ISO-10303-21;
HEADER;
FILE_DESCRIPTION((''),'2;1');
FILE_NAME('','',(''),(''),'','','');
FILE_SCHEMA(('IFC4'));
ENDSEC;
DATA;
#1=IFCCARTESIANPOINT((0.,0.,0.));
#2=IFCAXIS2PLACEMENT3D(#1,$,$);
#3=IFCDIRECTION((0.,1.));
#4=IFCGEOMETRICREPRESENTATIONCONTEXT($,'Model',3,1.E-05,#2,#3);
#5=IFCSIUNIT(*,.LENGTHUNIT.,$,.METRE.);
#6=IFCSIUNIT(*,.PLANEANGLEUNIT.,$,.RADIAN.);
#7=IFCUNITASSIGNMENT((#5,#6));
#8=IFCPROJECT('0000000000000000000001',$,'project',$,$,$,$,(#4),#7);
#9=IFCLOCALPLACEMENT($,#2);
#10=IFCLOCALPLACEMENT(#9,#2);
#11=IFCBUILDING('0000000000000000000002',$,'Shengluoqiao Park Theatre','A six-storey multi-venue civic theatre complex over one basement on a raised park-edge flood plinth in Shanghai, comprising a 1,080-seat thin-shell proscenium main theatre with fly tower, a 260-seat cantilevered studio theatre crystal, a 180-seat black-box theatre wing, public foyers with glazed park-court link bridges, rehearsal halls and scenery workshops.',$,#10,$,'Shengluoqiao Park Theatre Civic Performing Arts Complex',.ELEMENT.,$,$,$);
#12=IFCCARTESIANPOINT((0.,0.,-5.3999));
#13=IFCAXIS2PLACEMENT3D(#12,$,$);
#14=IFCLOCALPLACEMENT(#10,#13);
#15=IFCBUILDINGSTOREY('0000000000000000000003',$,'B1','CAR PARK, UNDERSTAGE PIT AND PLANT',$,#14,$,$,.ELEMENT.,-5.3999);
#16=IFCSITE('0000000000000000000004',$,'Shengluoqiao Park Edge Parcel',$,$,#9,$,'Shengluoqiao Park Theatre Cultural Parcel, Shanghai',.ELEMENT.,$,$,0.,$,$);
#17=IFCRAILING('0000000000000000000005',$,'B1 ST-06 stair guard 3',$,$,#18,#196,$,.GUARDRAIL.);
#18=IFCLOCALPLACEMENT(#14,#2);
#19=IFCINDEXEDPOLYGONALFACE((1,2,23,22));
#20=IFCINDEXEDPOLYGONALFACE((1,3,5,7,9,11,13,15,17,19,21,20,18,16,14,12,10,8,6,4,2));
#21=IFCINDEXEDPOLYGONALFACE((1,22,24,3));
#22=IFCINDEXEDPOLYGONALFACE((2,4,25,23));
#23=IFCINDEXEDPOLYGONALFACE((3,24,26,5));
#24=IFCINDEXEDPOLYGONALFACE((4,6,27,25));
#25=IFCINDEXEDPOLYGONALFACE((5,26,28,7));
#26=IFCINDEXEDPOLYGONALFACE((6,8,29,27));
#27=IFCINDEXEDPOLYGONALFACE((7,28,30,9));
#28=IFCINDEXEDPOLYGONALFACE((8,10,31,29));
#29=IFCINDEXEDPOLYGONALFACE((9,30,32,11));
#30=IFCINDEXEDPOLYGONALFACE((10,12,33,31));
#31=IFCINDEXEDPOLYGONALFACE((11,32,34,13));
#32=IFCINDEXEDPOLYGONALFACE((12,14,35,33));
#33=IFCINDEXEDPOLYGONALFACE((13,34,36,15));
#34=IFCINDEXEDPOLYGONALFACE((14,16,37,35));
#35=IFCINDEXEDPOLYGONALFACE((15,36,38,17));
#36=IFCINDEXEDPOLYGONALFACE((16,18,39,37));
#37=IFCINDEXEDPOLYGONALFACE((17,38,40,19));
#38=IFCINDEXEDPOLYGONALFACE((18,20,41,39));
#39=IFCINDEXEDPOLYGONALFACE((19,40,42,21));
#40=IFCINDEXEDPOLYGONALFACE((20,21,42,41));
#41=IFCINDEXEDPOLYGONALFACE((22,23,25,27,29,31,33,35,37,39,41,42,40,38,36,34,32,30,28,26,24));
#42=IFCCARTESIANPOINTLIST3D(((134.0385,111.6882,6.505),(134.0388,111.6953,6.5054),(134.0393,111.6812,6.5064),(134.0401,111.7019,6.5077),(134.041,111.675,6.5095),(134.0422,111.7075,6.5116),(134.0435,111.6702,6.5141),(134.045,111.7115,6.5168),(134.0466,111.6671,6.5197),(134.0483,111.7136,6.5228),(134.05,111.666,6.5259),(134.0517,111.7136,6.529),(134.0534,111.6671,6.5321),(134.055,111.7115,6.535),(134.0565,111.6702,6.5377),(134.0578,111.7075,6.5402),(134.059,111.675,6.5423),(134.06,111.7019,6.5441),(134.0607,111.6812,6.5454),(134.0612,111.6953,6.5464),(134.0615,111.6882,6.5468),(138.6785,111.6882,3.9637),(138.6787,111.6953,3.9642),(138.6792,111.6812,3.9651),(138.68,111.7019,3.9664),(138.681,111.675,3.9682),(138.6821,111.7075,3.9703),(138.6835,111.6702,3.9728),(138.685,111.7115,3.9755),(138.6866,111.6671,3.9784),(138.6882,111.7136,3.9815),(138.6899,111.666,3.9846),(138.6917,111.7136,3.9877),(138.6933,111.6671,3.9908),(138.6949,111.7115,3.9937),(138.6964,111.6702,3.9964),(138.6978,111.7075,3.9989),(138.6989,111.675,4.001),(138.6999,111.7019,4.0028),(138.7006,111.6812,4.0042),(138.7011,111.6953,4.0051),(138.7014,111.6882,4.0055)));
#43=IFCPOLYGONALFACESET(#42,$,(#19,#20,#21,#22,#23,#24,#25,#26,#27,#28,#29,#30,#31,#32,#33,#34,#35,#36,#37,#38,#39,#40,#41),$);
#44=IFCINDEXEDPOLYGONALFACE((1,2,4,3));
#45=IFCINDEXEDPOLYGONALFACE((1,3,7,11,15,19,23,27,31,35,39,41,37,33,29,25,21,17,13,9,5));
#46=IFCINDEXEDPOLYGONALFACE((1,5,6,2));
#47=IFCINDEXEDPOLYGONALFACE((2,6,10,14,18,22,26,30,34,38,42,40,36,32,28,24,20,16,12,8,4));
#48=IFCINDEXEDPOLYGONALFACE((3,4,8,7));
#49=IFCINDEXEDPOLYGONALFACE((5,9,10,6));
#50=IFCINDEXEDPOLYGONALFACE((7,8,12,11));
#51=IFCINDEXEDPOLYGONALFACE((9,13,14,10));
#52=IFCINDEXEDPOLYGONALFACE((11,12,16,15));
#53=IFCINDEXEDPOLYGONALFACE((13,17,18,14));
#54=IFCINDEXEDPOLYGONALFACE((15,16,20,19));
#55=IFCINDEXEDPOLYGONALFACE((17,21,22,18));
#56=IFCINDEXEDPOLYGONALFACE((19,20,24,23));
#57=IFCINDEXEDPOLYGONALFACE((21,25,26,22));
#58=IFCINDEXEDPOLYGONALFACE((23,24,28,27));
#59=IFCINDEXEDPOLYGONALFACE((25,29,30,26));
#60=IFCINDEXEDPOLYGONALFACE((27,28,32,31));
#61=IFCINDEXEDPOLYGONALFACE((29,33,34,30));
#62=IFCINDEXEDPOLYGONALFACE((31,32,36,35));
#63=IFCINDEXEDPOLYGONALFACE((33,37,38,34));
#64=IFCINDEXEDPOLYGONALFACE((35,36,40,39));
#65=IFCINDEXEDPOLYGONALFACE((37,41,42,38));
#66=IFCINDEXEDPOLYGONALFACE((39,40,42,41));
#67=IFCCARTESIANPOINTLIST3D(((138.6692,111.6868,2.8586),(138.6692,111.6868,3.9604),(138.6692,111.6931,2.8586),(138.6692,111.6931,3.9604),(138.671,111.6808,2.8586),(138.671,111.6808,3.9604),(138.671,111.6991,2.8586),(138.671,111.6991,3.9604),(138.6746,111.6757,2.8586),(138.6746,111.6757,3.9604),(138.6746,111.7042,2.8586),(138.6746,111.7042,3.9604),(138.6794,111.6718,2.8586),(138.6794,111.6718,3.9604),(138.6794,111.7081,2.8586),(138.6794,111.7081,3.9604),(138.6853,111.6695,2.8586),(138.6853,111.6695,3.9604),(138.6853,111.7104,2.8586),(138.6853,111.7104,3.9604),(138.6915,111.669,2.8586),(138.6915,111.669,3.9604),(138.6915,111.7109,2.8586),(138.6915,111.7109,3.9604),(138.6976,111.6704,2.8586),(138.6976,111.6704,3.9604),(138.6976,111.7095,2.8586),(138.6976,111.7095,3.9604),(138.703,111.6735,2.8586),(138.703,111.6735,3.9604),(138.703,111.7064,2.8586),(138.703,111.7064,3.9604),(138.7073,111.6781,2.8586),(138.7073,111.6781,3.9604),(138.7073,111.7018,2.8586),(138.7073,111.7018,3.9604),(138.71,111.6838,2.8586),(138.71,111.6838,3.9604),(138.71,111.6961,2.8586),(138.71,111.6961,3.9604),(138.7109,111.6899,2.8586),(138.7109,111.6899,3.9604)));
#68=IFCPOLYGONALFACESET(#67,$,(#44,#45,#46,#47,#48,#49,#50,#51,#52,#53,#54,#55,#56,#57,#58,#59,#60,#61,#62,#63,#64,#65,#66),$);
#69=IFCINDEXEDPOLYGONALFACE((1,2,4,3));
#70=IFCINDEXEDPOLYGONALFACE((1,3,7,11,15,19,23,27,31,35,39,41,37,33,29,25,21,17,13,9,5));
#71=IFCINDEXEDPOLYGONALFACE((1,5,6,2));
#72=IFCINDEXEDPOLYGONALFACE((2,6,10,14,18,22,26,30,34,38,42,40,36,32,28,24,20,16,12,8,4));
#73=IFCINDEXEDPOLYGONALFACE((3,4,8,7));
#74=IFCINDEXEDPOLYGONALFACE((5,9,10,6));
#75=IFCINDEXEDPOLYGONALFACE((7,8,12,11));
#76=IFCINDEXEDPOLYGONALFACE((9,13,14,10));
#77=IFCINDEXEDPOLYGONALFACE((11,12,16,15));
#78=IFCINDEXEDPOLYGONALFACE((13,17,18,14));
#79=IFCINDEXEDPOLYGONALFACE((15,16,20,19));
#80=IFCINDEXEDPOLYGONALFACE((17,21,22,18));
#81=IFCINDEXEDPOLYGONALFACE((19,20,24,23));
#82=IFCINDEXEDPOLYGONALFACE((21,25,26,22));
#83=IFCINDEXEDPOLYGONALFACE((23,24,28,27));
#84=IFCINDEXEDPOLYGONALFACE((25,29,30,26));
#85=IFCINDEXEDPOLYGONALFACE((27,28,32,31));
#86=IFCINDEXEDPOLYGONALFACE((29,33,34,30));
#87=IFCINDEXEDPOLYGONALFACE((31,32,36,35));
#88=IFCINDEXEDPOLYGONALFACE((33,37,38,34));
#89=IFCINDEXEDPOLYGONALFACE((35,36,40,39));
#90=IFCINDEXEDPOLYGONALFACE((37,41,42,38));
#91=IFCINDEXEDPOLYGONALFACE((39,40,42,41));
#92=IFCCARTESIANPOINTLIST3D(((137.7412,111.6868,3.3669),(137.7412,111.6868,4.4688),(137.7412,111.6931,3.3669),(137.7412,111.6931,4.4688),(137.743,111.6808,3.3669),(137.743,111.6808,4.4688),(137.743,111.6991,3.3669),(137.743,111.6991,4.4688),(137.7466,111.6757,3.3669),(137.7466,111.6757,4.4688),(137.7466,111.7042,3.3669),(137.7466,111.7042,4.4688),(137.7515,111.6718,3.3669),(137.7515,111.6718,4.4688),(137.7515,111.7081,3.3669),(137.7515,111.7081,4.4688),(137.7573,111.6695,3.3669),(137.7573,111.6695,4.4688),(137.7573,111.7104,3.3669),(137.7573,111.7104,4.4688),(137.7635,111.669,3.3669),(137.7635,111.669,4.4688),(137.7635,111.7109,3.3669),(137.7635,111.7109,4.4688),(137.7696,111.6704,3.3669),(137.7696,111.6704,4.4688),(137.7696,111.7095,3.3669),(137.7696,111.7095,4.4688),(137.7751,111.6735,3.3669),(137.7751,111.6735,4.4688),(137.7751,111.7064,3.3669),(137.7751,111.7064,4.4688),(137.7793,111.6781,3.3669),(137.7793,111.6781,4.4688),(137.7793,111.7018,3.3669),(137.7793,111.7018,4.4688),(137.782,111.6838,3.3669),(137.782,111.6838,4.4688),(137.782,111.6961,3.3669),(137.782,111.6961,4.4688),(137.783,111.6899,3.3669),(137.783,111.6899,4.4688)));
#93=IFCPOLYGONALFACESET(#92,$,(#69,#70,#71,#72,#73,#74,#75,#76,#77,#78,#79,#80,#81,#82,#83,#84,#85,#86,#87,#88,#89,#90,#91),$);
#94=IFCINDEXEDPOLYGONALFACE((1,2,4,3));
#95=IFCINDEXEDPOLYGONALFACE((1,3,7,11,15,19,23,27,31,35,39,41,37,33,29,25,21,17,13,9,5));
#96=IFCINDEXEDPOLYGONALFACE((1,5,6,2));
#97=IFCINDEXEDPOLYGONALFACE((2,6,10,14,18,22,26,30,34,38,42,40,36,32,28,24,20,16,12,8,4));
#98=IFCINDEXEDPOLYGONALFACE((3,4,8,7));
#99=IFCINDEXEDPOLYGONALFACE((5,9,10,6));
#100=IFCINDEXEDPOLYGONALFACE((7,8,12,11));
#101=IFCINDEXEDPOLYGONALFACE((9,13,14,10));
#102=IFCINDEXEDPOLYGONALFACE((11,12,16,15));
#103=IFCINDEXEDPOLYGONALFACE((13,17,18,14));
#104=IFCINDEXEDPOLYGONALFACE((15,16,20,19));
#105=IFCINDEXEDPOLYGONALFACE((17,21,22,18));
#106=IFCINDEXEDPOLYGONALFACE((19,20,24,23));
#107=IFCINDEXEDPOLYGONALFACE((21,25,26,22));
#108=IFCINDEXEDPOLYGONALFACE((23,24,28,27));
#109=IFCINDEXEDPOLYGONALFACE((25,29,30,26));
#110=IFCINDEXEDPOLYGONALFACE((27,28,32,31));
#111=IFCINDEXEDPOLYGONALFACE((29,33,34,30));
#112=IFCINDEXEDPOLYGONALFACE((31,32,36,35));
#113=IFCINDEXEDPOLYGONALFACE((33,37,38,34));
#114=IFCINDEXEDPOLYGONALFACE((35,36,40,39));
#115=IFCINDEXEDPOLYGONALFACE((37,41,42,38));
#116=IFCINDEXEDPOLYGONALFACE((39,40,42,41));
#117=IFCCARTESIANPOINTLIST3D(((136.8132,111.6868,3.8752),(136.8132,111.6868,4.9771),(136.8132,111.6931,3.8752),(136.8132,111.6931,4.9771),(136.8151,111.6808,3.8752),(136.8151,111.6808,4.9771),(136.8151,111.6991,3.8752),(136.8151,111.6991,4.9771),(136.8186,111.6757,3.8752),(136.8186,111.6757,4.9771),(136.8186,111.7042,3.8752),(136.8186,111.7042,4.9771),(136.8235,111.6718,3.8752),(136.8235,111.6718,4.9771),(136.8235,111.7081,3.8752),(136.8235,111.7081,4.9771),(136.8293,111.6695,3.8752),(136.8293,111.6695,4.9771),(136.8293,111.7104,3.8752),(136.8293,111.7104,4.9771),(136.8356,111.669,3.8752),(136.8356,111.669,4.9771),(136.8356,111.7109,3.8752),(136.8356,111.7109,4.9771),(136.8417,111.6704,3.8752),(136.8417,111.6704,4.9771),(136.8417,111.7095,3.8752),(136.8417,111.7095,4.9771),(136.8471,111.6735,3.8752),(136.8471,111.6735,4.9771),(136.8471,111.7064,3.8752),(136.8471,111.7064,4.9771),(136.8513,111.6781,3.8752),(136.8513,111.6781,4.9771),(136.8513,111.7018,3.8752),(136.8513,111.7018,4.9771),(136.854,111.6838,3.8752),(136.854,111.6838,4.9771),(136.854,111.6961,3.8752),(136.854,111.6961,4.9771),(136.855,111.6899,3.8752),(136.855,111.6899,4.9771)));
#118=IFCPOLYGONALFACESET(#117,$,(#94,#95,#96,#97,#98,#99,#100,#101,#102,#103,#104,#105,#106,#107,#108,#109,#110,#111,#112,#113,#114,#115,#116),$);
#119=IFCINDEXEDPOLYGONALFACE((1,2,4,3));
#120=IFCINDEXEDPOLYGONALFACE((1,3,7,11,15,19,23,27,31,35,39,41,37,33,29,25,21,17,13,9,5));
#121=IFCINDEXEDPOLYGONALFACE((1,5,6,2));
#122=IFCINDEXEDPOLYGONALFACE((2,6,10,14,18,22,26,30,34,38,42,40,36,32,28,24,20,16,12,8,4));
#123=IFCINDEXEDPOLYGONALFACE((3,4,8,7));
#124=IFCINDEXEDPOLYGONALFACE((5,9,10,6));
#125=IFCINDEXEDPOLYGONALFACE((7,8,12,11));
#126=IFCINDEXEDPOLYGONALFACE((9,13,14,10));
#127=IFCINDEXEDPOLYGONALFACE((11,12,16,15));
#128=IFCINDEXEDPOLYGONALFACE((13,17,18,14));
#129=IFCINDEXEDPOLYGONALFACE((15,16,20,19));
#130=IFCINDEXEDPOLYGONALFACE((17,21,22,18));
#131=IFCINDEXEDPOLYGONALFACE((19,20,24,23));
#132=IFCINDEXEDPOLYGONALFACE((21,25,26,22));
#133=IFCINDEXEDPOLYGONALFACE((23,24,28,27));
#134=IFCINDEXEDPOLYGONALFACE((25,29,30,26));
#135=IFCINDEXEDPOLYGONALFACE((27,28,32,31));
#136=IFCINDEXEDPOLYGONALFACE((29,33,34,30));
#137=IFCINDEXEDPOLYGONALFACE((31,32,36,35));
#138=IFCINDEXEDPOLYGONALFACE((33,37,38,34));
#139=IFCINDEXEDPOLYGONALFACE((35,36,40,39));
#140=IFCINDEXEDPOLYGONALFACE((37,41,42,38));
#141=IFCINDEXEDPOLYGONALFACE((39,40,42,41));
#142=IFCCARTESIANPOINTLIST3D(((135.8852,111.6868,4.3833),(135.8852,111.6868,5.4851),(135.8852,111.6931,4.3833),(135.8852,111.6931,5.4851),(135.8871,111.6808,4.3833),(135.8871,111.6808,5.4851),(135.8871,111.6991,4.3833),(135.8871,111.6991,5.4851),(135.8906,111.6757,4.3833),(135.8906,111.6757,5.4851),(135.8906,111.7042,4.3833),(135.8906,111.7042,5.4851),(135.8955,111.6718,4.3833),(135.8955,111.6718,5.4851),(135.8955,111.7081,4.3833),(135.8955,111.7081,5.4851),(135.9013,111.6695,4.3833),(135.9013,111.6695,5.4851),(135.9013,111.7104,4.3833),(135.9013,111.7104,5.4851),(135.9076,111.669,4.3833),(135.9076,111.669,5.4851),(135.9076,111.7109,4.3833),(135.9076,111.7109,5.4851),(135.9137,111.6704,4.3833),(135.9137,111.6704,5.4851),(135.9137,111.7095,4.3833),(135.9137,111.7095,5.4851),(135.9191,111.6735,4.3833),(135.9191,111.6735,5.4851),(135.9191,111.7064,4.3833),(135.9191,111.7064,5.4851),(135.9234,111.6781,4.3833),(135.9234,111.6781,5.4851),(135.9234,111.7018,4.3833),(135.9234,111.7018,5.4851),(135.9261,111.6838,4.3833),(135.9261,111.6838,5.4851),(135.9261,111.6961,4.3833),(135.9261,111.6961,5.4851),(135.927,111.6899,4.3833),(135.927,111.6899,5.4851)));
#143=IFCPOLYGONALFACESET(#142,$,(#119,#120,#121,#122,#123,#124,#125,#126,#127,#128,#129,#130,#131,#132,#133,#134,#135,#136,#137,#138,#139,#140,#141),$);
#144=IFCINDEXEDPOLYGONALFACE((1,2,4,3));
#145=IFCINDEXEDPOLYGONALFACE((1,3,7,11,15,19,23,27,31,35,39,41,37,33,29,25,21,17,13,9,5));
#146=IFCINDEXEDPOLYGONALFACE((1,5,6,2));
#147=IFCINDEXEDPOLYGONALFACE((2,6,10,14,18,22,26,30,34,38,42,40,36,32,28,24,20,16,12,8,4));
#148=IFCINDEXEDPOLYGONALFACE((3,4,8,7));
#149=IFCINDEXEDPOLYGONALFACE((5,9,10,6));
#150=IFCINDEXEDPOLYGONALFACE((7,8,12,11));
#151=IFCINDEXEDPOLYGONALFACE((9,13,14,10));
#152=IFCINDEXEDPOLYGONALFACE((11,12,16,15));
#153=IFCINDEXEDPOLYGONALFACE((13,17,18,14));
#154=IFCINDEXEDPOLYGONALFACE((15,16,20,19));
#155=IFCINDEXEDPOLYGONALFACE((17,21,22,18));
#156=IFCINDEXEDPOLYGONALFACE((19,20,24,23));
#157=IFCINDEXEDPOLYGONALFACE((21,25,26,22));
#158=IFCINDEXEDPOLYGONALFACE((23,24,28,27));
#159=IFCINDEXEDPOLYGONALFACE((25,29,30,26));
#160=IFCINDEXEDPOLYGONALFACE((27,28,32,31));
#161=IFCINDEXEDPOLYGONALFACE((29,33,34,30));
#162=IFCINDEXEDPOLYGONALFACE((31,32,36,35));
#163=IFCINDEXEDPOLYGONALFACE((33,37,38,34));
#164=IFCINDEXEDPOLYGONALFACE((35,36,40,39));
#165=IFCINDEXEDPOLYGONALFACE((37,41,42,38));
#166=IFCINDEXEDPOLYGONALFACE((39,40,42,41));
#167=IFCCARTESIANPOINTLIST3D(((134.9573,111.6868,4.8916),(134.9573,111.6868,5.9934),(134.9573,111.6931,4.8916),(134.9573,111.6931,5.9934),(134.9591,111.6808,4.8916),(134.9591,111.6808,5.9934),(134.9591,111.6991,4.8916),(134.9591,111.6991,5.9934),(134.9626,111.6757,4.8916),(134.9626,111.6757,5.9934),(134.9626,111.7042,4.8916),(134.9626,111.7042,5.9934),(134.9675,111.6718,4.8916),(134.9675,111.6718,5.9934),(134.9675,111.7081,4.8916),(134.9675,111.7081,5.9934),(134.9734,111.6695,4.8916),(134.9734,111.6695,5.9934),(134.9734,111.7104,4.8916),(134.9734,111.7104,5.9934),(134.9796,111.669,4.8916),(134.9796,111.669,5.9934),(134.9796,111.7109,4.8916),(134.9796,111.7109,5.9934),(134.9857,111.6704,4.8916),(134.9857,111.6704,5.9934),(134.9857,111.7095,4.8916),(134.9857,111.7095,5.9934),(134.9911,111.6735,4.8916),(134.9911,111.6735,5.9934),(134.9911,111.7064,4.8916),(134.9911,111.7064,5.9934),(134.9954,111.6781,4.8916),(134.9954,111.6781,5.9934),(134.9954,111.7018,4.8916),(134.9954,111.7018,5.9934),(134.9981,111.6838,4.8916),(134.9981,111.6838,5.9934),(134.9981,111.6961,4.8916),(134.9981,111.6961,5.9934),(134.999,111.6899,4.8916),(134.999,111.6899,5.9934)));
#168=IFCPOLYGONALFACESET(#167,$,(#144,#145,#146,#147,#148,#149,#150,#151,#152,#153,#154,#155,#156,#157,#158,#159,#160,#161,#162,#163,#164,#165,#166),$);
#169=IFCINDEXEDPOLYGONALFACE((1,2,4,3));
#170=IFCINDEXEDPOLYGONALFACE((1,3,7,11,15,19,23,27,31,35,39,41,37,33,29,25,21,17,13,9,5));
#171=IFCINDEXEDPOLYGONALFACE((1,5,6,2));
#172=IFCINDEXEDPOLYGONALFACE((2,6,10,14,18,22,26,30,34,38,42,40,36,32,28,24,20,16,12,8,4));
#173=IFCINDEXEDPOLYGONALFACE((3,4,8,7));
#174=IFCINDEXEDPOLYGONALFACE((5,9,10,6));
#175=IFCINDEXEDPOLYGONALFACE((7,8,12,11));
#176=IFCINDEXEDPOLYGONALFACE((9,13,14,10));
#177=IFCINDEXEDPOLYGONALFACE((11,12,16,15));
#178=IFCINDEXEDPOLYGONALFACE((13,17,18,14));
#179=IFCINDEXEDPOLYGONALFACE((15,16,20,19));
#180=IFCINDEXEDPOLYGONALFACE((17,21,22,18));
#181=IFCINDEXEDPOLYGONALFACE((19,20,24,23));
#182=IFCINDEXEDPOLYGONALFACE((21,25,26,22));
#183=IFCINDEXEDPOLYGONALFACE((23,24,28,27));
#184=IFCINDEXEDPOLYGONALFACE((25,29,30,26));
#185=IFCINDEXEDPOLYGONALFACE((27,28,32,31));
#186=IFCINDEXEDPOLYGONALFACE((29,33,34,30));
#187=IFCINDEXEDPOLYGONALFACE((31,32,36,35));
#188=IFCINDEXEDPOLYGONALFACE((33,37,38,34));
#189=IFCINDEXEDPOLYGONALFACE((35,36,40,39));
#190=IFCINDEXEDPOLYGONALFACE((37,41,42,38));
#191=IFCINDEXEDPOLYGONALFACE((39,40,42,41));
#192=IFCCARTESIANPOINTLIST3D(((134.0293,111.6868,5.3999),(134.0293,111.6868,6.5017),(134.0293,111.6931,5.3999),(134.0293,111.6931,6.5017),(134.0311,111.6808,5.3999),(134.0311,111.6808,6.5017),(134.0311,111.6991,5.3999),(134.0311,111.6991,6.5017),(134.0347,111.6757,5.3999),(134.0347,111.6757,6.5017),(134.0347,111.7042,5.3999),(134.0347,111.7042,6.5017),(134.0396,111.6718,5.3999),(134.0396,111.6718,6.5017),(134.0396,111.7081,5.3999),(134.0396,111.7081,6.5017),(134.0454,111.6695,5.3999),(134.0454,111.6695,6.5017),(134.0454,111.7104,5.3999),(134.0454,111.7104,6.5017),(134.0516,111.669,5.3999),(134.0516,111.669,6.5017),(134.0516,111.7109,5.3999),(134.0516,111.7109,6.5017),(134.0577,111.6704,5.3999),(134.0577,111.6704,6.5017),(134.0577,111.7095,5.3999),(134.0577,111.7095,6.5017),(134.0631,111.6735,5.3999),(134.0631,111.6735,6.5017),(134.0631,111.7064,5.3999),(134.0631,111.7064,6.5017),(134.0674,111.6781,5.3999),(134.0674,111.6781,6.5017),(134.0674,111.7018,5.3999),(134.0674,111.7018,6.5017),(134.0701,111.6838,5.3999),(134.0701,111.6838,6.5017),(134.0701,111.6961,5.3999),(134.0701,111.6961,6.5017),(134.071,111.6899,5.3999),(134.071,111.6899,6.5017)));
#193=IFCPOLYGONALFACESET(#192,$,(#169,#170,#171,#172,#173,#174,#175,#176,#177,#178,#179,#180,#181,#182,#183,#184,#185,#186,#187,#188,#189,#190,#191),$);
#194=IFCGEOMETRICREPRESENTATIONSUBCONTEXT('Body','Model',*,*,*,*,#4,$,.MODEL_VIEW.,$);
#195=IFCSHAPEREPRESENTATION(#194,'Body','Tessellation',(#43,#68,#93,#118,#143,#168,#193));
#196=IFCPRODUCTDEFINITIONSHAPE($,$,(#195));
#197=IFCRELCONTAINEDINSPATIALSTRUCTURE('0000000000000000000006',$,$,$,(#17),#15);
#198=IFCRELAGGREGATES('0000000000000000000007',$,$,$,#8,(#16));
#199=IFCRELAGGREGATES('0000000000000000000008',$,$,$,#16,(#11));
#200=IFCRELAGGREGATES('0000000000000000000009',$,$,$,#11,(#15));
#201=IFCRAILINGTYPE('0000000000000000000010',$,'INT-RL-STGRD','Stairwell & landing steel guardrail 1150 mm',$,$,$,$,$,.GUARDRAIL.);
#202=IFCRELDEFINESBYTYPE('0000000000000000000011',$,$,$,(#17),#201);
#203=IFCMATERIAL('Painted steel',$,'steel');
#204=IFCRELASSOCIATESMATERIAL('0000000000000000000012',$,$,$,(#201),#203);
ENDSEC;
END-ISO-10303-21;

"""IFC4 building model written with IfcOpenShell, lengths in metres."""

from ifc_helpers import new_model, si_unit, direction, frame, origin, origin_2d, place, context, subcontext, project, spatial, circle, extrude, material, type_object, element, save


model = new_model("IFC4")

# Units and contexts
model_context = context("Model", 3, precision=1e-05, world=origin(), true_north=direction((0.0, 1.0)))
body_context = subcontext(model_context, "Body", "Model", "MODEL_VIEW")
ifc_project = project(units=[si_unit("LENGTHUNIT", "METRE"), si_unit("PLANEANGLEUNIT", "RADIAN")], contexts=[model_context])

# Site, building, storey
site_placement = place(None, origin())
site = spatial("IfcSite", under=ifc_project, at=site_placement, Name="Shengluoqiao Park Edge Parcel", LongName="Shengluoqiao Park Theatre Cultural Parcel, Shanghai", CompositionType="ELEMENT", RefElevation=0.0)
building_placement = place(site_placement, origin())
building = spatial("IfcBuilding", under=site, at=building_placement, Name="Shengluoqiao Park Theatre", Description="A six-storey multi-venue civic theatre complex over one basement on a raised park-edge flood plinth in Shanghai, comprising a 1,080-seat thin-shell proscenium main theatre with fly tower, a 260-seat cantilevered studio theatre crystal, a 180-seat black-box theatre wing, public foyers with glazed park-court link bridges, rehearsal halls and scenery workshops.", LongName="Shengluoqiao Park Theatre Civic Performing Arts Complex", CompositionType="ELEMENT")
storey_placement = place(building_placement, frame((0.0, 0.0, -5.3999)))
storey = spatial("IfcBuildingStorey", under=building, at=storey_placement, Name="B1", Description="CAR PARK, UNDERSTAGE PIT AND PLANT", CompositionType="ELEMENT", Elevation=-5.3999)

# Railing
ifc_material_1 = material(Name="Painted steel", Category="steel")
railing_type_1 = type_object("IfcRailingType", Name="INT-RL-STGRD", Description="Stairwell & landing steel guardrail 1150 mm", PredefinedType="GUARDRAIL", material=ifc_material_1)
railing_1_placement = place(storey_placement, frame((138.6899, 111.6899, 2.8586)))
element("IfcRailing", 1, at=railing_1_placement, inside=storey, type_object=railing_type_1, Name="B1 ST-06 stair guard 3", PredefinedType="GUARDRAIL", context=body_context, shape_type="SweptSolid", body=[
    extrude(circle(Radius=0.0239, at=origin_2d()), frame((0.0, 0.0, 1.126), z_axis=(-0.877067, 0.0, 0.480368), x_axis=(0.0, -1.0, 0.0)), (0.0, 0.0, 1.0), 5.2903),
    extrude(circle(Radius=0.021, at=origin_2d()), origin(), (0.0, 0.0, 1.0), 1.1018),
    extrude(circle(Radius=0.021, at=origin_2d()), frame((-0.928, 0.0, 0.5083)), (0.0, 0.0, 1.0), 1.1018),
    extrude(circle(Radius=0.021, at=origin_2d()), frame((-1.856, 0.0, 1.0166)), (0.0, 0.0, 1.0), 1.1018),
    extrude(circle(Radius=0.021, at=origin_2d()), frame((-2.7839, 0.0, 1.5247)), (0.0, 0.0, 1.0), 1.1018),
    extrude(circle(Radius=0.021, at=origin_2d()), frame((-3.7119, 0.0, 2.033)), (0.0, 0.0, 1.0), 1.1018),
    extrude(circle(Radius=0.021, at=origin_2d()), frame((-4.6399, 0.0, 2.5413)), (0.0, 0.0, 1.0), 1.1018),
])

save(model, "model.ifc")
